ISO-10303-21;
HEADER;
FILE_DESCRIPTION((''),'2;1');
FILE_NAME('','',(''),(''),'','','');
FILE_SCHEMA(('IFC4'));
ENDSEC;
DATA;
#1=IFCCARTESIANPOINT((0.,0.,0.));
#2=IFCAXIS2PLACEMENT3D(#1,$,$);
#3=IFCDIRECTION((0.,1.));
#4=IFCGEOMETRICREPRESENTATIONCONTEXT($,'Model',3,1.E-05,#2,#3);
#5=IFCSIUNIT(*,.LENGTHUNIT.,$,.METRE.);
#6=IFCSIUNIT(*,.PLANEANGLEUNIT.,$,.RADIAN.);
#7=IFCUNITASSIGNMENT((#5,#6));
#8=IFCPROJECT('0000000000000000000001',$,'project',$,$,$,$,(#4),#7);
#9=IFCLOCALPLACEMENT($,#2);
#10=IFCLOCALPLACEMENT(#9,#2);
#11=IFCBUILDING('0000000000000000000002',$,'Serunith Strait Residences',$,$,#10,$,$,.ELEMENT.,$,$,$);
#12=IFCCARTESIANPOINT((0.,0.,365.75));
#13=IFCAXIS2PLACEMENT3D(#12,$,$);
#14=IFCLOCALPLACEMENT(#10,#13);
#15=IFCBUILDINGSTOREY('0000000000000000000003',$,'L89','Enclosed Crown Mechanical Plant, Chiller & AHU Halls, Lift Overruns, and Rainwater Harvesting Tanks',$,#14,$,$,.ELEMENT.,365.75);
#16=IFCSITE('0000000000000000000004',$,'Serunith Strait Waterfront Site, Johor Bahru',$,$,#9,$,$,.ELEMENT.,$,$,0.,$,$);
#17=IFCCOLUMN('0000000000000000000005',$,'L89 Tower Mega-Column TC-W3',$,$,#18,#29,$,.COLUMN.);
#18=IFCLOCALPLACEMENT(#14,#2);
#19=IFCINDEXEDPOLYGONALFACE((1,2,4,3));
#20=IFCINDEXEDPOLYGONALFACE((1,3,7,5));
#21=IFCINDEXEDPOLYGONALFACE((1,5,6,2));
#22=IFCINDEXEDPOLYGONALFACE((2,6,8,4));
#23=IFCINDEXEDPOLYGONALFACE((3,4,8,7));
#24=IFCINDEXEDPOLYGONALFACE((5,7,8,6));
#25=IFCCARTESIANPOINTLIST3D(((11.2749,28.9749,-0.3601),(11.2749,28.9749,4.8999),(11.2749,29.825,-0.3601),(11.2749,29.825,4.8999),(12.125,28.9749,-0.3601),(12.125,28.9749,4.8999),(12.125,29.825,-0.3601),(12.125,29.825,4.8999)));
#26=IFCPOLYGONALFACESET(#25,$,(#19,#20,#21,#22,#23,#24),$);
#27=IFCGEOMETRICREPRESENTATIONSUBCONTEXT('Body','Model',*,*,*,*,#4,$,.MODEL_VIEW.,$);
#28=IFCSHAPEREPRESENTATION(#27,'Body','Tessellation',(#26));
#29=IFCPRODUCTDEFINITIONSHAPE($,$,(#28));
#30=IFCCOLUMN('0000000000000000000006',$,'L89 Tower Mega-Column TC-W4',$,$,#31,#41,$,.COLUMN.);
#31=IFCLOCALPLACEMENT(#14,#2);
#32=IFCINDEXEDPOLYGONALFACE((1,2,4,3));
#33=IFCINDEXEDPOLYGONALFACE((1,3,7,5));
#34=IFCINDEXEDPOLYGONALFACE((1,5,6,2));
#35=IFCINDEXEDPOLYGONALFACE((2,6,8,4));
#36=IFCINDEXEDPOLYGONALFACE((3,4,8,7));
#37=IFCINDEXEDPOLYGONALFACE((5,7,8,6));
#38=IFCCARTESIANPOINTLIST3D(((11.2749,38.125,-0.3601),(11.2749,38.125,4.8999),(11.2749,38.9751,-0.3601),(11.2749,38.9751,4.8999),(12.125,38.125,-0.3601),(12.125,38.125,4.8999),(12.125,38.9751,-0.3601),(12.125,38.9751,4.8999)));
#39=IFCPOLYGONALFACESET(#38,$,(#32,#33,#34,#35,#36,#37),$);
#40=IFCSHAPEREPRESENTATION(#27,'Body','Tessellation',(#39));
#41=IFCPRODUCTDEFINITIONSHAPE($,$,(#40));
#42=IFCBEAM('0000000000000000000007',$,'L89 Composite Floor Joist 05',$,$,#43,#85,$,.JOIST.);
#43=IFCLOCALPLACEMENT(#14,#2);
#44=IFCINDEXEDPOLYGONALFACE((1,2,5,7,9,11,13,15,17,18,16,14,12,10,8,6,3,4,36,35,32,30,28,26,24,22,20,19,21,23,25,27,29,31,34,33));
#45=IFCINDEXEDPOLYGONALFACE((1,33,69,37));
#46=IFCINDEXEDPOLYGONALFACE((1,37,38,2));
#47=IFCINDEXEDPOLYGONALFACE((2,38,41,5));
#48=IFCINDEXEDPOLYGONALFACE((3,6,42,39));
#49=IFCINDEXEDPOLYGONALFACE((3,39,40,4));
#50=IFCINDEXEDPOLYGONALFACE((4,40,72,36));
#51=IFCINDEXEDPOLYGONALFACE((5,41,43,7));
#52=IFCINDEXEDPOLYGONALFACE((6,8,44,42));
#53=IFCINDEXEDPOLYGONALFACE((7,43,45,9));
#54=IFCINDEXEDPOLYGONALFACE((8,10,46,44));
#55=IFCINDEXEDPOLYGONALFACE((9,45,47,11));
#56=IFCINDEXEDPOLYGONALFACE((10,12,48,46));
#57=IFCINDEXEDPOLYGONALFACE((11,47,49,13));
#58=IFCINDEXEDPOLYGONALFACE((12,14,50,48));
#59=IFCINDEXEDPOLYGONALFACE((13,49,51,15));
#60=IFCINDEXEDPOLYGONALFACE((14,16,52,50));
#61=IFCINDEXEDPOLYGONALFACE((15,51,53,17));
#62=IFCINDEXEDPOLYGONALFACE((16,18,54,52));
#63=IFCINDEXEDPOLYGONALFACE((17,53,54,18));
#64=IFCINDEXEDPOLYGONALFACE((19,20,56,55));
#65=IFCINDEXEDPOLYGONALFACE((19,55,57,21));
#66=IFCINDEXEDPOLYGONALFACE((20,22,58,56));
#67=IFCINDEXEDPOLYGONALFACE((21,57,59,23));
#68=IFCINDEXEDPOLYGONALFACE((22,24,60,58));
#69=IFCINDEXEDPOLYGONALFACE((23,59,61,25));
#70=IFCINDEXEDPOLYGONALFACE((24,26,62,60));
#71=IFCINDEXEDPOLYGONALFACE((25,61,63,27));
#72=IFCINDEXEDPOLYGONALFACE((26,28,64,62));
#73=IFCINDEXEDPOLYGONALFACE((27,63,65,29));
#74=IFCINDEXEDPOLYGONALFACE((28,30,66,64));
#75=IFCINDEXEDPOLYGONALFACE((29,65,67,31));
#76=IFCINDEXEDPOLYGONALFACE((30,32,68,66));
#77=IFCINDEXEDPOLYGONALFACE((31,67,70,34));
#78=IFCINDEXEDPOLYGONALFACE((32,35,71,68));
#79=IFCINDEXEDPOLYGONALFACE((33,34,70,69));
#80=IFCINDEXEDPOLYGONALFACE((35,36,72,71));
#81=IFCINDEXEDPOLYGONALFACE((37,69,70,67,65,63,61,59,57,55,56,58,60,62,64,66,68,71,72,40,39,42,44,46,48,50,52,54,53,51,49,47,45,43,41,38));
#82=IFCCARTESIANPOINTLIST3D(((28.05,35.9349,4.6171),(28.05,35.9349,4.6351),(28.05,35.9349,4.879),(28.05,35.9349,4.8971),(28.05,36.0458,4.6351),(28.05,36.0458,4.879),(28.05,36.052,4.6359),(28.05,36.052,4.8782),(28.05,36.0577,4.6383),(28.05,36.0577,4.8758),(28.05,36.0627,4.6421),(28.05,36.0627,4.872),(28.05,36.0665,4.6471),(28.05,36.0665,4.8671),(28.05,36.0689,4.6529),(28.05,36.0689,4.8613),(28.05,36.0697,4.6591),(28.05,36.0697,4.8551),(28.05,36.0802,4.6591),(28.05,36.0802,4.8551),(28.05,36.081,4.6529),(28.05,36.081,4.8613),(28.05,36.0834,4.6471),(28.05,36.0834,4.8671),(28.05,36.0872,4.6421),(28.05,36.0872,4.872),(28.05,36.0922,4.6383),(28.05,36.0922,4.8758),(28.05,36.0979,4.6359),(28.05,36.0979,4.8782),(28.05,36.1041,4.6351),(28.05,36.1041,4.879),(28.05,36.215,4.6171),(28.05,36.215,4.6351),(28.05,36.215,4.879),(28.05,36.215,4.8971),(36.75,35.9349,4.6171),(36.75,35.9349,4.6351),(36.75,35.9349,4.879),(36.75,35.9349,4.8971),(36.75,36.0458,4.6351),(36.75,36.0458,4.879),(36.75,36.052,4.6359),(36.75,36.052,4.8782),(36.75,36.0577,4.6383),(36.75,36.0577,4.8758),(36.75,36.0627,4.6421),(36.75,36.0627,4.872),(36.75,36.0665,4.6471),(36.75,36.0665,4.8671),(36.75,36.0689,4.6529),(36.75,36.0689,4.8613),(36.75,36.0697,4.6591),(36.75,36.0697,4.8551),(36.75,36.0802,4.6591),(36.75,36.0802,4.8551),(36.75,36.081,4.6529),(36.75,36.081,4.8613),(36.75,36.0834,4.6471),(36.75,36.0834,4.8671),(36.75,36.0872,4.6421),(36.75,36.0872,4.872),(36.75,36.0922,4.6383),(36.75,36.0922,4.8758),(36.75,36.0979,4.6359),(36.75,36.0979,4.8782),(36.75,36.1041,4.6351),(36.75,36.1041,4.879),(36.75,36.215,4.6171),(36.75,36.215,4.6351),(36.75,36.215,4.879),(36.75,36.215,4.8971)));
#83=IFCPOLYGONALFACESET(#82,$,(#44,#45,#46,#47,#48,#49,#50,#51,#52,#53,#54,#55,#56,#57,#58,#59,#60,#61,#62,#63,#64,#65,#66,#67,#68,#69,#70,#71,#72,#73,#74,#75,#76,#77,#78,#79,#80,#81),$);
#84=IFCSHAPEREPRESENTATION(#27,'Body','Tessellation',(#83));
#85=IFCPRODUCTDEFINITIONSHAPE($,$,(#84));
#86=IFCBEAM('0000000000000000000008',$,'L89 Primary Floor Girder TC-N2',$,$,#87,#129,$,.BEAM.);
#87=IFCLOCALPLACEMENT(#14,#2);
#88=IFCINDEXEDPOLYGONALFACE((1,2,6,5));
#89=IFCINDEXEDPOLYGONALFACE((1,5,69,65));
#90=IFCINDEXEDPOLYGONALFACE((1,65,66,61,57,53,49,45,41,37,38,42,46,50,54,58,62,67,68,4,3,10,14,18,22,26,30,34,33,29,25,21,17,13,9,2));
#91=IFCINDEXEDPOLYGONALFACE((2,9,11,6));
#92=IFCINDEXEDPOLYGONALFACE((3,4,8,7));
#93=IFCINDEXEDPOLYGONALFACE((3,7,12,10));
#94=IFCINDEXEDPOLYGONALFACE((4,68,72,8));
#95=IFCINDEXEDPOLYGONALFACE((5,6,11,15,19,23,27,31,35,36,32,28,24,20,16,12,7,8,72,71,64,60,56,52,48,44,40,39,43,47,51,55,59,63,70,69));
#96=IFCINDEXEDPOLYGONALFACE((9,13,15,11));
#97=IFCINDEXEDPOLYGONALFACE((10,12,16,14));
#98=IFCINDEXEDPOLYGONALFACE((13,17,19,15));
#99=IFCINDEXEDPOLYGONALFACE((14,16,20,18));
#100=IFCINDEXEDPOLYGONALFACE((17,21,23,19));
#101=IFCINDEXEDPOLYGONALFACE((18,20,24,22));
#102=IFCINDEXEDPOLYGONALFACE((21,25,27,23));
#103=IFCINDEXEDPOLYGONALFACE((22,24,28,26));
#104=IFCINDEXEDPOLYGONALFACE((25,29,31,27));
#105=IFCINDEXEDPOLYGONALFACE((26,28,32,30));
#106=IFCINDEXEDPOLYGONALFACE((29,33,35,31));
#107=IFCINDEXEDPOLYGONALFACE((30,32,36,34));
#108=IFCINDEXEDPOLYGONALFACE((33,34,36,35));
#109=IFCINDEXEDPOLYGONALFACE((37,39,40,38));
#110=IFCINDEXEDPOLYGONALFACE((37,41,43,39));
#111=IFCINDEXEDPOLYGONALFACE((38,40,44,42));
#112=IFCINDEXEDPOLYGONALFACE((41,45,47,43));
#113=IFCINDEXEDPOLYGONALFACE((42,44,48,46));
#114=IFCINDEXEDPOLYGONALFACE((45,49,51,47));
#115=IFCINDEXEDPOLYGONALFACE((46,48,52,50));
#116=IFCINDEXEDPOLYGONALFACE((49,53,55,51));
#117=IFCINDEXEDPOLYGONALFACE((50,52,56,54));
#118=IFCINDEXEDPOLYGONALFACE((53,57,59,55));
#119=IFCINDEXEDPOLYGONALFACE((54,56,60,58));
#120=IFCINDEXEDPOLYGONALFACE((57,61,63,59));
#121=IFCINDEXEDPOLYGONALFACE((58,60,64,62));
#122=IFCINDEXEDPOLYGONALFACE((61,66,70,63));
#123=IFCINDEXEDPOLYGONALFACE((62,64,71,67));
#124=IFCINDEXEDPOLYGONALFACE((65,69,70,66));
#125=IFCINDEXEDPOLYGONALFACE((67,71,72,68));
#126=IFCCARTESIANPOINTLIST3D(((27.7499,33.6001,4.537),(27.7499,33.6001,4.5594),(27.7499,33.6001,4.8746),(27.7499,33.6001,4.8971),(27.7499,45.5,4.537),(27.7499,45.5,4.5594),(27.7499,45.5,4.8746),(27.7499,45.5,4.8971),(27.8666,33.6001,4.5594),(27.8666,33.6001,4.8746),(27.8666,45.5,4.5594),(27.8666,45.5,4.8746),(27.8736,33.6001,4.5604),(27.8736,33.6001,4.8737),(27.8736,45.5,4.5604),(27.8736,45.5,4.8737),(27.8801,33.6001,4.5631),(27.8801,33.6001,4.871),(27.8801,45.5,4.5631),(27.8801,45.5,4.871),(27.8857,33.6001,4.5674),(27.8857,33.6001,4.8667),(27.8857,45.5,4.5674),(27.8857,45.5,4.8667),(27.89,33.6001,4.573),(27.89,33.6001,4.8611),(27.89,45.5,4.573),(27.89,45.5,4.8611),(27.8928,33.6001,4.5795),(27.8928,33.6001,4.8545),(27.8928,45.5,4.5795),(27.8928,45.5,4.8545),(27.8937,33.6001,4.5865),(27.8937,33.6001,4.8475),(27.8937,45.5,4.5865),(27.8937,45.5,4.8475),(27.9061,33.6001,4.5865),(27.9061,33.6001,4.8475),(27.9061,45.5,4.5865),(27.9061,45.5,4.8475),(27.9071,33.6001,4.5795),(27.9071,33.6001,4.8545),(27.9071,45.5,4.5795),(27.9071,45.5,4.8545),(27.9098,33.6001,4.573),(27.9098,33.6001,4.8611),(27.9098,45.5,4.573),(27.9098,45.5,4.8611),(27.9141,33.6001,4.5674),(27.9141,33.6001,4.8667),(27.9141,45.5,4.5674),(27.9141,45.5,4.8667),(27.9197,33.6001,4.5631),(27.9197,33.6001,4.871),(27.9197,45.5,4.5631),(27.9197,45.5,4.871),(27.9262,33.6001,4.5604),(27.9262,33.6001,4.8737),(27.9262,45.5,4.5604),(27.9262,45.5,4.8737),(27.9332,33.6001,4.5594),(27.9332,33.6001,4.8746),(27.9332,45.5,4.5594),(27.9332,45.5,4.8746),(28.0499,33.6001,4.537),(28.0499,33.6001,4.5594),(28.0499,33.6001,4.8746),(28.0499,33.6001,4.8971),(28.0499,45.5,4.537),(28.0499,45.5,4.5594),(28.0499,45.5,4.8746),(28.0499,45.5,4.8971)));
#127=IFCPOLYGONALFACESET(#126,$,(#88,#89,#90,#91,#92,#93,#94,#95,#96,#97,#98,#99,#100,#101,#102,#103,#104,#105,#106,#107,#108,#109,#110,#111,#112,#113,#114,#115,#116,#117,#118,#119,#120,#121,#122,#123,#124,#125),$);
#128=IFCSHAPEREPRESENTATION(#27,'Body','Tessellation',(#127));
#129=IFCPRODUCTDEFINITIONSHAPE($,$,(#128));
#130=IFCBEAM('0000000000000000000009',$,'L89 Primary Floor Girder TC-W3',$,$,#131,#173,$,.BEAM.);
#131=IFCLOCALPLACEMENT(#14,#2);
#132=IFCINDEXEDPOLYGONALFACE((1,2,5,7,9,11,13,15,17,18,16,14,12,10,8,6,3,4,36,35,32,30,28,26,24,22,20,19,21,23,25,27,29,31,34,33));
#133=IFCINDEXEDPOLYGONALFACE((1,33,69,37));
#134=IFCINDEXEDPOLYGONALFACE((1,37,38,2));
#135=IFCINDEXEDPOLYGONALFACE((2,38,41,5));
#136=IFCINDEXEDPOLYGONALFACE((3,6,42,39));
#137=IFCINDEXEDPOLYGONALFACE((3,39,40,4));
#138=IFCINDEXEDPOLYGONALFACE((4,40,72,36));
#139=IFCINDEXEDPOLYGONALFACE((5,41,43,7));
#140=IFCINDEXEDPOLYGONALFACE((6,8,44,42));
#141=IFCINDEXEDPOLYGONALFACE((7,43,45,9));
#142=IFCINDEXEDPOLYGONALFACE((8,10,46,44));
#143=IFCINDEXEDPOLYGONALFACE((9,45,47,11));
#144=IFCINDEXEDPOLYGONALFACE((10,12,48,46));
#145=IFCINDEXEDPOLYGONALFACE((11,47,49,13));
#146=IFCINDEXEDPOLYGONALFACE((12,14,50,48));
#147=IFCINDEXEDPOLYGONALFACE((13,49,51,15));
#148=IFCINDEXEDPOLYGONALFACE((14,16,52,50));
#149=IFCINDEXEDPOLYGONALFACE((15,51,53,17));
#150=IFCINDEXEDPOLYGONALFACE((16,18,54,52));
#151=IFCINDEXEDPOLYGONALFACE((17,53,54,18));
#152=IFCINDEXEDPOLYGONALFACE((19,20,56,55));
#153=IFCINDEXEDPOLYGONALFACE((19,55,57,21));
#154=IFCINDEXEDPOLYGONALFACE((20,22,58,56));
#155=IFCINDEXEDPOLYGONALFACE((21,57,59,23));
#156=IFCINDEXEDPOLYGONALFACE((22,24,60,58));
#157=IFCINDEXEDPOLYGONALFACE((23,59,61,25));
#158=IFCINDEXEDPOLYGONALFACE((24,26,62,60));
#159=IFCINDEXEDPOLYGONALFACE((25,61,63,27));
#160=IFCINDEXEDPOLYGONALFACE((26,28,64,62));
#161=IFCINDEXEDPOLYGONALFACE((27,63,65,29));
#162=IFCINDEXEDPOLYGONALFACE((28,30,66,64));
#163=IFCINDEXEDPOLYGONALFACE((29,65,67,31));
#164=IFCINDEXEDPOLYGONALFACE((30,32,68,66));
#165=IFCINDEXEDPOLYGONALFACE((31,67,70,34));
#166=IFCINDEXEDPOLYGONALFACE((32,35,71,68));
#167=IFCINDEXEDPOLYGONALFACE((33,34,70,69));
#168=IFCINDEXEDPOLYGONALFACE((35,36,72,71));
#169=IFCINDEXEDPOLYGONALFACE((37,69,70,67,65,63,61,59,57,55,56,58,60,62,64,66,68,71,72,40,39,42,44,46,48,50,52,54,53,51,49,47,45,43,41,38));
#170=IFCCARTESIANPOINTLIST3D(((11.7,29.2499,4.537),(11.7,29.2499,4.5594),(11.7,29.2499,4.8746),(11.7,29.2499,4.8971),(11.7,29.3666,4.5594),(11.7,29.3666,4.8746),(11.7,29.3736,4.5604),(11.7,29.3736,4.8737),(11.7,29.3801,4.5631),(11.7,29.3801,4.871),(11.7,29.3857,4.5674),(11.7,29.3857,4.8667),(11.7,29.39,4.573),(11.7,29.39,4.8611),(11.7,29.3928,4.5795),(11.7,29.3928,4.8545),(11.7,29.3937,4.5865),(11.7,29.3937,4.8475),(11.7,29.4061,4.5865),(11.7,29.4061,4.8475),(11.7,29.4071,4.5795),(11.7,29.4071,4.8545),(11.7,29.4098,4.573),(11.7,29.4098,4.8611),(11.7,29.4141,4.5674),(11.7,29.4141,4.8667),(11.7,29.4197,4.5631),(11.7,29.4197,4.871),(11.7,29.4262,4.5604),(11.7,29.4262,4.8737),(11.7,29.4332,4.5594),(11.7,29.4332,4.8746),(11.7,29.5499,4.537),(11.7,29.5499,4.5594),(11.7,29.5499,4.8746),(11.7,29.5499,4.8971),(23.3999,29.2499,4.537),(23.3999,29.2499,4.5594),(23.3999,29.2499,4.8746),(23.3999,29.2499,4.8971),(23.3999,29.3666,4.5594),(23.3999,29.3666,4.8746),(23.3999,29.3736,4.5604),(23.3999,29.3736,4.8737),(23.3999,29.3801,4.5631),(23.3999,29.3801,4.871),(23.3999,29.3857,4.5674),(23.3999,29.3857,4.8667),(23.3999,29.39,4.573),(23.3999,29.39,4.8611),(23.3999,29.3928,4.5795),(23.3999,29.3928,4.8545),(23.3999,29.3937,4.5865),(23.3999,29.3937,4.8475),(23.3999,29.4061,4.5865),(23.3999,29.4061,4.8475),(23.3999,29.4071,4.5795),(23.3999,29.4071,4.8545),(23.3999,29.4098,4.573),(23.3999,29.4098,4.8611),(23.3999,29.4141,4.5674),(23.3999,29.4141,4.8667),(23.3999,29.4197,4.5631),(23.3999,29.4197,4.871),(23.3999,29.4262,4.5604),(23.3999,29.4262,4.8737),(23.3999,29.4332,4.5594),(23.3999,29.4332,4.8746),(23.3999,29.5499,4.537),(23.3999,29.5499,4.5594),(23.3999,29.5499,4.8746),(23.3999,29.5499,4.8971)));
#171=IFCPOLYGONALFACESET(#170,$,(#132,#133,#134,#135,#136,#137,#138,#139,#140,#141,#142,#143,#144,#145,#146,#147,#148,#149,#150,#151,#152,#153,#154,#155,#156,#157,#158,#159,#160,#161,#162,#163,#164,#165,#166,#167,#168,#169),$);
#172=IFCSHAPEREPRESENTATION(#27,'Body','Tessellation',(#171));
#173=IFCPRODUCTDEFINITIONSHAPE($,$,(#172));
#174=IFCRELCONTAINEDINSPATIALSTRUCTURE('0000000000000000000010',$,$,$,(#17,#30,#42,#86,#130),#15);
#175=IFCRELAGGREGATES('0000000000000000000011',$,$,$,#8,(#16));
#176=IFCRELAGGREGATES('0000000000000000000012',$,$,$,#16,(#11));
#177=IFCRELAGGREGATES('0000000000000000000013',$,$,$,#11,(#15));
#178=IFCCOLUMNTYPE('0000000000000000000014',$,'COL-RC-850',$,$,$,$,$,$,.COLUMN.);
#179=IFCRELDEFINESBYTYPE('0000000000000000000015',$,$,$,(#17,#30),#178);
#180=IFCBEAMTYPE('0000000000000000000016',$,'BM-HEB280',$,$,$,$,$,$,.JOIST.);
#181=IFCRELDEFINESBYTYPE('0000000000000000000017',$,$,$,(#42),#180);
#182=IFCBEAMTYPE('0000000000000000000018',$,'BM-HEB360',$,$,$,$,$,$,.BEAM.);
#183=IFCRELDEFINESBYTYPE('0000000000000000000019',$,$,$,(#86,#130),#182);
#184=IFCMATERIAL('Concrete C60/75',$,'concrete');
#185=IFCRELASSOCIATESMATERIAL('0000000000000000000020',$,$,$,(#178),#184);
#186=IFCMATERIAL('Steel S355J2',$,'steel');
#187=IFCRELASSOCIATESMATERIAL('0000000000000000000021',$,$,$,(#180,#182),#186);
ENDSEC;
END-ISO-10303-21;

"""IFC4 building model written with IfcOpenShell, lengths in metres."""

from ifc_helpers import new_model, si_unit, direction, frame, origin, origin_2d, place, context, subcontext, project, spatial, rectangle, i_section, extrude, source, transform, mapped, material, material_profile, profile_set, type_object, element, save


model = new_model("IFC4")

# Units and contexts
model_context = context("Model", 3, precision=1e-05, world=origin(), true_north=direction((0.0, 1.0)))
body_context = subcontext(model_context, "Body", "Model", "MODEL_VIEW")
ifc_project = project(units=[si_unit("LENGTHUNIT", "METRE"), si_unit("PLANEANGLEUNIT", "RADIAN")], contexts=[model_context])

# Site, building, storey
site_placement = place(None, origin())
site = spatial("IfcSite", under=ifc_project, at=site_placement, Name="Serunith Strait Waterfront Site, Johor Bahru", CompositionType="ELEMENT", RefElevation=0.0)
building_placement = place(site_placement, origin())
building = spatial("IfcBuilding", under=site, at=building_placement, Name="Serunith Strait Residences", CompositionType="ELEMENT")
storey_placement = place(building_placement, frame((0.0, 0.0, 365.75)))
storey = spatial("IfcBuildingStorey", under=building, at=storey_placement, Name="L89", Description="Enclosed Crown Mechanical Plant, Chiller & AHU Halls, Lift Overruns, and Rainwater Harvesting Tanks", CompositionType="ELEMENT", Elevation=365.75)

# Columns
ifc_material_1 = material(Name="Concrete C60/75", Category="concrete")
ifc_material_profile_1 = material_profile(ifc_material_1, rectangle(XDim=0.8501, YDim=0.8501, at=origin_2d()), Name="RC 850x850")
ifc_profile_set_1 = profile_set([ifc_material_profile_1], Name="Concrete C60/75")
column_type = type_object("IfcColumnType", Name="COL-RC-850", PredefinedType="COLUMN", material=ifc_profile_set_1)
shared_shape_1 = source(origin(), body_context, "Body", "SweptSolid", [
    extrude(rectangle(XDim=0.8501, YDim=0.8501, at=origin_2d()), origin(), (0.0, 0.0, 1.0), 5.26),
])
for number, where, z_axis, x_axis, name in (
    (1, (11.7, 29.3999, -0.3601), (0.0, 0.0, 1.0), (1.0, 0.0, 0.0), "L89 Tower Mega-Column TC-W3"),
    (2, (11.7, 38.55, -0.3601), (0.0, 0.0, 1.0), (1.0, 0.0, 0.0), "L89 Tower Mega-Column TC-W4"),
):
    element("IfcColumn", number, at=place(storey_placement, frame(where, z_axis=z_axis, x_axis=x_axis)), inside=storey, type_object=column_type, Name=name, PredefinedType="COLUMN", context=body_context, shape_type="MappedRepresentation", body=[
        mapped(shared_shape_1, transform((0.0, 0.0, 0.0), scale=1.0)),
    ])

# Beams
ifc_material_2 = material(Name="Steel S355J2", Category="steel")
ifc_material_profile_2 = material_profile(ifc_material_2, i_section(OverallWidth=0.28, OverallDepth=0.28, WebThickness=0.0105, FlangeThickness=0.0181, FilletRadius=0.0239, at=origin_2d()), Name="HEB 280")
ifc_profile_set_2 = profile_set([ifc_material_profile_2], Name="Steel S355J2")
beam_type_1 = type_object("IfcBeamType", Name="BM-HEB280", PredefinedType="JOIST", material=ifc_profile_set_2)
shared_shape_2 = source(origin(), body_context, "Body", "SweptSolid", [
    extrude(i_section(OverallWidth=0.28, OverallDepth=0.28, WebThickness=0.0105, FlangeThickness=0.0181, FilletRadius=0.0239, at=origin_2d()), origin(), (0.0, 0.0, 1.0), 8.7),
])
beam_1_placement = place(storey_placement, frame((28.05, 36.075, 4.7571), z_axis=(1.0, 0.0, 0.0), x_axis=(0.0, 1.0, 0.0)))
element("IfcBeam", 3, at=beam_1_placement, inside=storey, type_object=beam_type_1, Name="L89 Composite Floor Joist 05", PredefinedType="JOIST", context=body_context, shape_type="MappedRepresentation", body=[
    mapped(shared_shape_2, transform((0.0, 0.0, 0.0), scale=1.0)),
])
ifc_material_profile_3 = material_profile(ifc_material_2, i_section(OverallWidth=0.3, OverallDepth=0.3601, WebThickness=0.0125, FlangeThickness=0.0225, FilletRadius=0.0271, at=origin_2d()), Name="HEB 360")
ifc_profile_set_3 = profile_set([ifc_material_profile_3], Name="Steel S355J2")
beam_type_2 = type_object("IfcBeamType", Name="BM-HEB360", PredefinedType="BEAM", material=ifc_profile_set_3)
shared_shape_3 = source(origin(), body_context, "Body", "SweptSolid", [
    extrude(i_section(OverallWidth=0.3, OverallDepth=0.3601, WebThickness=0.0125, FlangeThickness=0.0225, FilletRadius=0.0271, at=origin_2d()), origin(), (0.0, 0.0, 1.0), 11.8999),
])
beam_2_placement = place(storey_placement, frame((27.8999, 33.6001, 4.717), z_axis=(0.0, 1.0, 0.0), x_axis=(-1.0, 0.0, 0.0)))
element("IfcBeam", 4, at=beam_2_placement, inside=storey, type_object=beam_type_2, Name="L89 Primary Floor Girder TC-N2", PredefinedType="BEAM", context=body_context, shape_type="MappedRepresentation", body=[
    mapped(shared_shape_3, transform((0.0, 0.0, 0.0), scale=1.0)),
])
shared_shape_4 = source(origin(), body_context, "Body", "SweptSolid", [
    extrude(i_section(OverallWidth=0.3, OverallDepth=0.3601, WebThickness=0.0125, FlangeThickness=0.0225, FilletRadius=0.0271, at=origin_2d()), origin(), (0.0, 0.0, 1.0), 11.7),
])
beam_3_placement = place(storey_placement, frame((23.3999, 29.3999, 4.717), z_axis=(-1.0, 0.0, 0.0), x_axis=(0.0, -1.0, 0.0)))
element("IfcBeam", 5, at=beam_3_placement, inside=storey, type_object=beam_type_2, Name="L89 Primary Floor Girder TC-W3", PredefinedType="BEAM", context=body_context, shape_type="MappedRepresentation", body=[
    mapped(shared_shape_4, transform((0.0, 0.0, 0.0), scale=1.0)),
])

save(model, "model.ifc")
